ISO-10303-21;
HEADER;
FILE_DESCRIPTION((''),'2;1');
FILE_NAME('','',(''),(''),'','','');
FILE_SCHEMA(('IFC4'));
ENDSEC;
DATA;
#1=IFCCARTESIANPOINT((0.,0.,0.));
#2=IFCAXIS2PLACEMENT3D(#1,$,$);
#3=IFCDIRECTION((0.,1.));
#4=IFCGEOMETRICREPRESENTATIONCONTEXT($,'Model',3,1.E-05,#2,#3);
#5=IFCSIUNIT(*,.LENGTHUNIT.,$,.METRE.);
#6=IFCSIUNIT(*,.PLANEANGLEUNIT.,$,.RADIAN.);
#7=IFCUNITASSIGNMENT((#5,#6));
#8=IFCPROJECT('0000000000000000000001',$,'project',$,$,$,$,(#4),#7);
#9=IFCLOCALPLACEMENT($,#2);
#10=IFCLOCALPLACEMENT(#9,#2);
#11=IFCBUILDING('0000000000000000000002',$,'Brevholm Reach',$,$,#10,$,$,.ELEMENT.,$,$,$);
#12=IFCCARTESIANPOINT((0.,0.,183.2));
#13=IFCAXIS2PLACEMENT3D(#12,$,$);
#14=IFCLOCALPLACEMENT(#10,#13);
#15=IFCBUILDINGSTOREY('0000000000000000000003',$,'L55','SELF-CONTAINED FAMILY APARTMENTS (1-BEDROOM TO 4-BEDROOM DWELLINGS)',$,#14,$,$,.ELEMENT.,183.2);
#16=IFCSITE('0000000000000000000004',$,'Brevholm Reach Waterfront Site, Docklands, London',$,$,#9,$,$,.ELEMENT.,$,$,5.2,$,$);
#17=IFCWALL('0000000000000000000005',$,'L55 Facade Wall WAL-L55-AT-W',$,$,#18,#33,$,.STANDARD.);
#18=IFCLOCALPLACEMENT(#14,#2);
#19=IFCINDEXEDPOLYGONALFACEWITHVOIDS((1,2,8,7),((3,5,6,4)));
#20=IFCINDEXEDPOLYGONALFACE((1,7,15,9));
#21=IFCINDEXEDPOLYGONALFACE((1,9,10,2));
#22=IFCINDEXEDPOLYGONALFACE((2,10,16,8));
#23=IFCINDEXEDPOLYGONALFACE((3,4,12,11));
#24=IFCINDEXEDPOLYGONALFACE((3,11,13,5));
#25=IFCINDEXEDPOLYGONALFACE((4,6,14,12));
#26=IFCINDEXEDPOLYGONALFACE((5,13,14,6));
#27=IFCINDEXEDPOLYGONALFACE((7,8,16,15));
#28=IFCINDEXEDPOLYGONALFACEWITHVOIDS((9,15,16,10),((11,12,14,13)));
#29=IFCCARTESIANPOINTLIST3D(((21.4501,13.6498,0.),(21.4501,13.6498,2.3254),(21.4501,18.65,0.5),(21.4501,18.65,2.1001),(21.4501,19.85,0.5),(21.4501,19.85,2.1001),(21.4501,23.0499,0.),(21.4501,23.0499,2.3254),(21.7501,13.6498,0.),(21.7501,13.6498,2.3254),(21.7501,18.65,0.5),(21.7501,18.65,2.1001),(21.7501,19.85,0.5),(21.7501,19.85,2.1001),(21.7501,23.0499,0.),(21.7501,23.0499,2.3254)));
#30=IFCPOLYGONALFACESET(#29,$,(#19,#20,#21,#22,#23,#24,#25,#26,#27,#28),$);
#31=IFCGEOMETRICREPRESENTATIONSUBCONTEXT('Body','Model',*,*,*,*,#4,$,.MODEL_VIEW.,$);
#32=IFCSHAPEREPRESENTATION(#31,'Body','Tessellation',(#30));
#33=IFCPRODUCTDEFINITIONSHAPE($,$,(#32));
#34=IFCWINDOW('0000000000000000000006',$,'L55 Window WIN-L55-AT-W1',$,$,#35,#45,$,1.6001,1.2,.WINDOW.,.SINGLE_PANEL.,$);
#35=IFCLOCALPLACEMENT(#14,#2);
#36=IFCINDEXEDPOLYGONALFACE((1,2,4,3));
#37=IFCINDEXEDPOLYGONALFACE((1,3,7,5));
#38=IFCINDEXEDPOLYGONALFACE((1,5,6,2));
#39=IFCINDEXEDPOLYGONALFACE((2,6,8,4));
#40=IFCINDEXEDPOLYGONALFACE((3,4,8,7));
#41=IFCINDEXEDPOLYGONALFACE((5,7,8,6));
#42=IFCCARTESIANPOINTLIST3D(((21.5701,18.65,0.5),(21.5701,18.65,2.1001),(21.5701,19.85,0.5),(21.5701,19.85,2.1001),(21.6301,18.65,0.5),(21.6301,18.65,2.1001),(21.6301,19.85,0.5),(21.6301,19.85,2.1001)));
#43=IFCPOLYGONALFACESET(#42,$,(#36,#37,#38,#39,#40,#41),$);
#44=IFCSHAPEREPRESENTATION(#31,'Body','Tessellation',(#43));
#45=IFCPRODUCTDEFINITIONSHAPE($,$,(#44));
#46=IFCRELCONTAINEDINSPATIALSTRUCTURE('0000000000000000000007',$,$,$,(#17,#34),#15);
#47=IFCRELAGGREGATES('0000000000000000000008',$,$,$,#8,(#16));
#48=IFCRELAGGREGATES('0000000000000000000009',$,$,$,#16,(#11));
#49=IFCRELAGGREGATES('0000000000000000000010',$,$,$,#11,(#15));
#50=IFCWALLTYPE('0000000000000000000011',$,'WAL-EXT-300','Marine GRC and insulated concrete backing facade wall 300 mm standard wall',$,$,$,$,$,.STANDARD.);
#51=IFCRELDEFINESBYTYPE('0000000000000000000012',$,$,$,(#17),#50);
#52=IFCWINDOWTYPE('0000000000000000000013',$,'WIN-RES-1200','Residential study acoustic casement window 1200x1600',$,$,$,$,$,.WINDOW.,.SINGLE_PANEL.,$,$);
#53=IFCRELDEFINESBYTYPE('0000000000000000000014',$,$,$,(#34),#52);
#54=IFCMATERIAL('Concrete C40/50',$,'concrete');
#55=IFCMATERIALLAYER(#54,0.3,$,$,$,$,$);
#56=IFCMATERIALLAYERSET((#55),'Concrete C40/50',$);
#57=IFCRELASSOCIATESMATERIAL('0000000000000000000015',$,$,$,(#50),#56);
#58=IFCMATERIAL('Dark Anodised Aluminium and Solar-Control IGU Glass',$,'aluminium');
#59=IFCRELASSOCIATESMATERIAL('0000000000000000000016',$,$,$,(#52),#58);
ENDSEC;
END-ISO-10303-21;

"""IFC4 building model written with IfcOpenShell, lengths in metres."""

from ifc_helpers import new_model, si_unit, direction, frame, frame_2d, origin, place, context, subcontext, project, spatial, rectangle, extrude, material, layer, layer_set, type_object, element, fill, save


model = new_model("IFC4")

# Units and contexts
model_context = context("Model", 3, precision=1e-05, world=origin(), true_north=direction((0.0, 1.0)))
body_context = subcontext(model_context, "Body", "Model", "MODEL_VIEW")
ifc_project = project(units=[si_unit("LENGTHUNIT", "METRE"), si_unit("PLANEANGLEUNIT", "RADIAN")], contexts=[model_context])

# Site, building, storey
site_placement = place(None, origin())
site = spatial("IfcSite", under=ifc_project, at=site_placement, Name="Brevholm Reach Waterfront Site, Docklands, London", CompositionType="ELEMENT", RefElevation=5.2)
building_placement = place(site_placement, origin())
building = spatial("IfcBuilding", under=site, at=building_placement, Name="Brevholm Reach", CompositionType="ELEMENT")
storey_placement = place(building_placement, frame((0.0, 0.0, 183.2)))
storey = spatial("IfcBuildingStorey", under=building, at=storey_placement, Name="L55", Description="SELF-CONTAINED FAMILY APARTMENTS (1-BEDROOM TO 4-BEDROOM DWELLINGS)", CompositionType="ELEMENT", Elevation=183.2)

# Wall, opening, window
ifc_material_1 = material(Name="Concrete C40/50", Category="concrete")
ifc_layer_1 = layer(ifc_material_1, 0.3)
ifc_layer_set_1 = layer_set([ifc_layer_1], Name="Concrete C40/50")
wall_type = type_object("IfcWallType", Name="WAL-EXT-300", Description="Marine GRC and insulated concrete backing facade wall 300 mm standard wall", PredefinedType="STANDARD", material=ifc_layer_set_1)
wall_placement = place(storey_placement, frame((21.6001, 23.05, 0.0), z_axis=(0.0, 0.0, 1.0), x_axis=(0.0, -1.0, 0.0)))
wall = element("IfcWall", 1, at=wall_placement, inside=storey, type_object=wall_type, Name="L55 Facade Wall WAL-L55-AT-W", PredefinedType="STANDARD", context=body_context, shape_type="SweptSolid", body=[
    extrude(rectangle(XDim=9.4001, YDim=0.3, at=frame_2d((4.7002, 0.0))), origin(), (0.0, 0.0, 1.0), 2.3254),
])
opening_placement = place(wall_placement, frame((3.2, 0.0, 0.5)))
opening = element("IfcOpeningElement", 2, at=opening_placement, cuts=wall, PredefinedType="OPENING", context=body_context, shape_type="SweptSolid", body=[
    extrude(rectangle(XDim=1.2, YDim=1.6001, at=frame_2d((0.6001, 0.8))), frame((0.0, 0.1599, 0.0), z_axis=(0.0, -1.0, 0.0), x_axis=(1.0, 0.0, 0.0)), (0.0, 0.0, 1.0), 0.3201),
])
ifc_material_2 = material(Name="Dark Anodised Aluminium and Solar-Control IGU Glass", Category="aluminium")
window_type = type_object("IfcWindowType", Name="WIN-RES-1200", Description="Residential study acoustic casement window 1200x1600", PartitioningType="SINGLE_PANEL", PredefinedType="WINDOW", material=ifc_material_2)
window_placement = place(opening_placement, origin())
window = element("IfcWindow", 3, at=window_placement, inside=storey, type_object=window_type, Name="L55 Window WIN-L55-AT-W1", OverallHeight=1.6001, OverallWidth=1.2, PartitioningType="SINGLE_PANEL", PredefinedType="WINDOW", context=body_context, shape_type="SweptSolid", body=[
    extrude(rectangle(XDim=1.2, YDim=1.6001, at=frame_2d((0.6001, 0.8))), frame((0.0, 0.03, 0.0), z_axis=(0.0, -1.0, 0.0), x_axis=(1.0, 0.0, 0.0)), (0.0, 0.0, 1.0), 0.0601),
])
fill(opening, window)

save(model, "model.ifc")
